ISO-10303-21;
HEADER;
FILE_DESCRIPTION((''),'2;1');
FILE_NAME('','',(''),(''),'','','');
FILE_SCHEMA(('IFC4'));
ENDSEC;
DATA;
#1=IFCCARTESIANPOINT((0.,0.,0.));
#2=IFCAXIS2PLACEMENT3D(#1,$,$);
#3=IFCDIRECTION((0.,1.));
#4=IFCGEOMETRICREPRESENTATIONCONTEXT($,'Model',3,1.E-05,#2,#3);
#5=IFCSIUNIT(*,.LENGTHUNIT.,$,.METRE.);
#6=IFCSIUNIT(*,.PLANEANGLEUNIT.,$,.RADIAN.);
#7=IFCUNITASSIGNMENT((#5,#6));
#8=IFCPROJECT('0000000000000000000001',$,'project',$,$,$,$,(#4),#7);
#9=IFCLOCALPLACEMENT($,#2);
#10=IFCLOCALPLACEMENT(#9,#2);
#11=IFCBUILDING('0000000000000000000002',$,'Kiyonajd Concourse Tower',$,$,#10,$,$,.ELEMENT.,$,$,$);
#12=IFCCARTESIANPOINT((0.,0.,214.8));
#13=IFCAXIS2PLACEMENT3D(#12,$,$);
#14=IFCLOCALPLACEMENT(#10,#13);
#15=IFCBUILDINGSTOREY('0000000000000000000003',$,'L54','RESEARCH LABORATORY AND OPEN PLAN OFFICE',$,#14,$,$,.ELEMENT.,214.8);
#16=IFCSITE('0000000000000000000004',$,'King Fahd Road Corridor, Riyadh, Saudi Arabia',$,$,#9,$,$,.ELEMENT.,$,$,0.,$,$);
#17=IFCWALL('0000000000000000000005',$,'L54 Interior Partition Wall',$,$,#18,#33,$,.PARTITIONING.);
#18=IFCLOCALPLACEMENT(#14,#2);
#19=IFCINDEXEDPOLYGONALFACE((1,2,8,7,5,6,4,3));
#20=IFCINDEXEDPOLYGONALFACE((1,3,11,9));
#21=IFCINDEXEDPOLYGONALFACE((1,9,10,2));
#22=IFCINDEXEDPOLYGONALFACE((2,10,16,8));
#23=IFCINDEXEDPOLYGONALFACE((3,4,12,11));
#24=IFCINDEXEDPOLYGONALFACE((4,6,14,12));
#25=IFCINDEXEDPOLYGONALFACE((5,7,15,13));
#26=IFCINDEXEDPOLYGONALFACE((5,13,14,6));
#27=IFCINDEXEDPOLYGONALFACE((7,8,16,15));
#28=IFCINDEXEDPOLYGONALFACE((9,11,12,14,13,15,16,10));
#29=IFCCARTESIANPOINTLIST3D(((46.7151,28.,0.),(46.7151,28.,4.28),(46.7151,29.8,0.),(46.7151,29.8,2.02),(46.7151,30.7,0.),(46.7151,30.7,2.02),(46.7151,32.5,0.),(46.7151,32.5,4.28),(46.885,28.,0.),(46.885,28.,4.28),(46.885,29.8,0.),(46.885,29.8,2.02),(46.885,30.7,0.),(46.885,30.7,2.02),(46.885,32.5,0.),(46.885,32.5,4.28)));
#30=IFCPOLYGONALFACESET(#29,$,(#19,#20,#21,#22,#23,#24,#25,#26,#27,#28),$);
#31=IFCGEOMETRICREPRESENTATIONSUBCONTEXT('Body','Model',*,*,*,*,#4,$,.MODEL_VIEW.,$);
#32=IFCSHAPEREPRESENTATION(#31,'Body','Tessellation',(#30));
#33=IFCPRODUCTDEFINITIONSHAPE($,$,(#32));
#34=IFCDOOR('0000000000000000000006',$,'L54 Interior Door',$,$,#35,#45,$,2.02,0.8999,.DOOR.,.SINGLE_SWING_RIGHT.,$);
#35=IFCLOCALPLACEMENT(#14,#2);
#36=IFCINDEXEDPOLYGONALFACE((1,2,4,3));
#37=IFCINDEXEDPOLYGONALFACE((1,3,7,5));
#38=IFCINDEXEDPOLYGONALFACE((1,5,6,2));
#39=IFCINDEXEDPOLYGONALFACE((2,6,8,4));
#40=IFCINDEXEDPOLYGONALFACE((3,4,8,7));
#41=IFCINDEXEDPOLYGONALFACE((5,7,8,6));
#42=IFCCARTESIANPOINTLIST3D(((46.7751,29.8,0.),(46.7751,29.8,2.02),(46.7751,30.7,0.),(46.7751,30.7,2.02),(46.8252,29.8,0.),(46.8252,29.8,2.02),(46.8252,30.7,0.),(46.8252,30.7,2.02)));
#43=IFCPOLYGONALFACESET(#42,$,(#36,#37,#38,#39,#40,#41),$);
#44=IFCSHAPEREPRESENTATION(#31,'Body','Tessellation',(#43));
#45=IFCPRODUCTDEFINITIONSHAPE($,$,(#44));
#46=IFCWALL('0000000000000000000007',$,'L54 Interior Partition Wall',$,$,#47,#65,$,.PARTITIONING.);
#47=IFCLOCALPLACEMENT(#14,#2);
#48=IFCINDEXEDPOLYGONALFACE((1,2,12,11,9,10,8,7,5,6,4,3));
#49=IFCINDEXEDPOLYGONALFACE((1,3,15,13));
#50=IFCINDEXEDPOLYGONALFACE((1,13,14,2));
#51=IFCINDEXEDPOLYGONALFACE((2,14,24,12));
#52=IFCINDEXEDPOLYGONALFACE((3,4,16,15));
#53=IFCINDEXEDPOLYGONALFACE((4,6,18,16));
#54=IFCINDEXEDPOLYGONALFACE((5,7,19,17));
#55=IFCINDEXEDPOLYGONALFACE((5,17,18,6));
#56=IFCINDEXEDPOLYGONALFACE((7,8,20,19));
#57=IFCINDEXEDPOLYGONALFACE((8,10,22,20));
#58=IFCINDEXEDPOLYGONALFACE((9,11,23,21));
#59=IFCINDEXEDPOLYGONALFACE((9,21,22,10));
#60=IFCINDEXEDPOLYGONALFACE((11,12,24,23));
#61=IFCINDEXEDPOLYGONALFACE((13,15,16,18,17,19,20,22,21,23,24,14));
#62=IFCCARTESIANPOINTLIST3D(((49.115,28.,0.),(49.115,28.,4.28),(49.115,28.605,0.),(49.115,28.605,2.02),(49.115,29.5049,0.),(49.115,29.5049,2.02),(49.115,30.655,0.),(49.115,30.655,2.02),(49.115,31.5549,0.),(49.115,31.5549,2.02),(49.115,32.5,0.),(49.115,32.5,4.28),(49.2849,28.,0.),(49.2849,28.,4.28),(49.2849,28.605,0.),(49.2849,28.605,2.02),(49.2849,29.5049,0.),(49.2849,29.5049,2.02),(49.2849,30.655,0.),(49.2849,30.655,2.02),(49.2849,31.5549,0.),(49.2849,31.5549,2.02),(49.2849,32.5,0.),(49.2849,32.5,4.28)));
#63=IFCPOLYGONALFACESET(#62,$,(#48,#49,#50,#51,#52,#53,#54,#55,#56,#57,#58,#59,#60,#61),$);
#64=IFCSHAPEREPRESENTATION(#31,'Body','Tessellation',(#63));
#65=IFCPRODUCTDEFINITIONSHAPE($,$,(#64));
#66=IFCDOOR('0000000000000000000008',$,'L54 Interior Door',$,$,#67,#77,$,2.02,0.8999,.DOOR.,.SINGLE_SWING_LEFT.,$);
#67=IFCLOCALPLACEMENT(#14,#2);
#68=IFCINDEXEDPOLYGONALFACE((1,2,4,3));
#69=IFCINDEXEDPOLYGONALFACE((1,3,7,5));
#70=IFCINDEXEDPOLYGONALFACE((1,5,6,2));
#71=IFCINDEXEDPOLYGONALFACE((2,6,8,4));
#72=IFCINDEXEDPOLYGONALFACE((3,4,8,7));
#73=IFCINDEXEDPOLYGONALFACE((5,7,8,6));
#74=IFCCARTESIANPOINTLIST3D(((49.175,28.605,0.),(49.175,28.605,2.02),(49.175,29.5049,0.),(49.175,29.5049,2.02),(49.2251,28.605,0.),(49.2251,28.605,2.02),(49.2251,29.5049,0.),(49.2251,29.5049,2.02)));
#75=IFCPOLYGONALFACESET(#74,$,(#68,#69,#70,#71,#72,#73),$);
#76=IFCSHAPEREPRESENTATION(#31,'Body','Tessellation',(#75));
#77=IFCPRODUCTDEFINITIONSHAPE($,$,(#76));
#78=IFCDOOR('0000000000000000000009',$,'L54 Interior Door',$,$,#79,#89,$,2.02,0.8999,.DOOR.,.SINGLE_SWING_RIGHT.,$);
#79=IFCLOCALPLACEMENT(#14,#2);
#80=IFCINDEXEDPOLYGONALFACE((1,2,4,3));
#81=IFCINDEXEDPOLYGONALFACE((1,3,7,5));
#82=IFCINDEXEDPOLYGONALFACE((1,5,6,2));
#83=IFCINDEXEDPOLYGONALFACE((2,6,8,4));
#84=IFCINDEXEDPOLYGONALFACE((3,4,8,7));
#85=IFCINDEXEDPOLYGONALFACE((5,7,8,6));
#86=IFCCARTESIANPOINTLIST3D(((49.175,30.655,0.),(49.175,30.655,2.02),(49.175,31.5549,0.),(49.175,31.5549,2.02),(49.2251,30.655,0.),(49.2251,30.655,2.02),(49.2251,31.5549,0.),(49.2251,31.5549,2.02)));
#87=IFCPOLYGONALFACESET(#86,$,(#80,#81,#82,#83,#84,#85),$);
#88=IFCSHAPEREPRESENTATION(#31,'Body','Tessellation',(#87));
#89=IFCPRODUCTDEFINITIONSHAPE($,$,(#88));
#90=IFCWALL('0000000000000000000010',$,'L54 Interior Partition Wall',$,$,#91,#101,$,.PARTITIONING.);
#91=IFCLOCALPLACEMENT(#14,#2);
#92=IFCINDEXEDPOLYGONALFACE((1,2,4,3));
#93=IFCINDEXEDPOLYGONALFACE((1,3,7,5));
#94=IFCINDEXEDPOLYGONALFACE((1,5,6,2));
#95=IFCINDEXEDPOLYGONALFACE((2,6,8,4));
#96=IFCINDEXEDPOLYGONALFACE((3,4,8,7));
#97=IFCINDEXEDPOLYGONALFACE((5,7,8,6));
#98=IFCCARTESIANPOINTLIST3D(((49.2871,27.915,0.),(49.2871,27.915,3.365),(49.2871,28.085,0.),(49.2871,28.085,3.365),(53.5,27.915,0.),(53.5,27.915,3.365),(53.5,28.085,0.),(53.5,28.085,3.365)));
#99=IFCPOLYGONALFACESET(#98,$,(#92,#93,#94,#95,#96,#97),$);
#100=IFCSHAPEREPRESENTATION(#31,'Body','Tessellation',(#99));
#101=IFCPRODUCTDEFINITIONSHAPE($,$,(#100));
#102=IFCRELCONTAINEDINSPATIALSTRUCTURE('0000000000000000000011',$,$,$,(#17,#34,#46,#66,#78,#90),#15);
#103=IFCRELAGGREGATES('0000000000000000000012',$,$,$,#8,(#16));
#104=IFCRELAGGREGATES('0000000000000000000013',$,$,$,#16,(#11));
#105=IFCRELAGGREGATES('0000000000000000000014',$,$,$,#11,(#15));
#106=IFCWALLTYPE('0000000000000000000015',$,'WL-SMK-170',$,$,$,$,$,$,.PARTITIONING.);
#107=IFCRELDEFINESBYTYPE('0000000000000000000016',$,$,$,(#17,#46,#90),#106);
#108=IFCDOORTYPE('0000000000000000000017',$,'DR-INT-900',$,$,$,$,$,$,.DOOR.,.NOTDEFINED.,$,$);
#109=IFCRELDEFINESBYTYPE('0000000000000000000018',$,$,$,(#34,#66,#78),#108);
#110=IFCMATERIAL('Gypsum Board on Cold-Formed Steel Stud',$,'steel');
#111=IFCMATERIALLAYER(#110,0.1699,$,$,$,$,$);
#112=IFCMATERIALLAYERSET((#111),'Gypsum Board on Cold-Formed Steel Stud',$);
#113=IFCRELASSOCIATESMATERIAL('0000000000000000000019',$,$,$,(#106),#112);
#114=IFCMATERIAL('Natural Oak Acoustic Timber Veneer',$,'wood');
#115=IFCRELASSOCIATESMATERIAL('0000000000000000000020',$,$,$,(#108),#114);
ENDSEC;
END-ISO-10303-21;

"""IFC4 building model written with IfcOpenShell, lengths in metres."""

from ifc_helpers import new_model, si_unit, direction, frame, frame_2d, origin, place, context, subcontext, project, spatial, rectangle, extrude, material, layer, layer_set, type_object, element, fill, save


model = new_model("IFC4")

# Units and contexts
model_context = context("Model", 3, precision=1e-05, world=origin(), true_north=direction((0.0, 1.0)))
body_context = subcontext(model_context, "Body", "Model", "MODEL_VIEW")
ifc_project = project(units=[si_unit("LENGTHUNIT", "METRE"), si_unit("PLANEANGLEUNIT", "RADIAN")], contexts=[model_context])

# Site, building, storey
site_placement = place(None, origin())
site = spatial("IfcSite", under=ifc_project, at=site_placement, Name="King Fahd Road Corridor, Riyadh, Saudi Arabia", CompositionType="ELEMENT", RefElevation=0.0)
building_placement = place(site_placement, origin())
building = spatial("IfcBuilding", under=site, at=building_placement, Name="Kiyonajd Concourse Tower", CompositionType="ELEMENT")
storey_placement = place(building_placement, frame((0.0, 0.0, 214.8)))
storey = spatial("IfcBuildingStorey", under=building, at=storey_placement, Name="L54", Description="RESEARCH LABORATORY AND OPEN PLAN OFFICE", CompositionType="ELEMENT", Elevation=214.8)

# Shared definitions
ifc_material_1 = material(Name="Gypsum Board on Cold-Formed Steel Stud", Category="steel")

# Shared definitions
ifc_layer_1 = layer(ifc_material_1, 0.1699)
ifc_layer_set_1 = layer_set([ifc_layer_1], Name="Gypsum Board on Cold-Formed Steel Stud")
wall_type_1 = type_object("IfcWallType", Name="WL-SMK-170", PredefinedType="PARTITIONING", material=ifc_layer_set_1)
ifc_material_2 = material(Name="Natural Oak Acoustic Timber Veneer", Category="wood")
door_type = type_object("IfcDoorType", Name="DR-INT-900", OperationType="NOTDEFINED", PredefinedType="DOOR", material=ifc_material_2)

# Wall, opening, door
wall_1_placement = place(storey_placement, frame((46.8, 28.0, 0.0), z_axis=(0.0, 0.0, 1.0), x_axis=(0.0, 1.0, 0.0)))
wall_1 = element("IfcWall", 1, at=wall_1_placement, inside=storey, type_object=wall_type_1, Name="L54 Interior Partition Wall", PredefinedType="PARTITIONING", context=body_context, shape_type="SweptSolid", body=[
    extrude(rectangle(XDim=4.5, YDim=0.1699, at=frame_2d((2.25, 0.0))), origin(), (0.0, 0.0, 1.0), 4.28),
])
opening_1_placement = place(wall_1_placement, frame((1.8, 0.0, 0.0)))
opening_1 = element("IfcOpeningElement", 2, at=opening_1_placement, cuts=wall_1, PredefinedType="OPENING", context=body_context, shape_type="SweptSolid", body=[
    extrude(rectangle(XDim=0.8999, YDim=2.02, at=frame_2d((0.45, 1.01))), frame((0.0, 0.095, 0.0), z_axis=(0.0, -1.0, 0.0), x_axis=(1.0, 0.0, 0.0)), (0.0, 0.0, 1.0), 0.1899),
])
door_1_placement = place(opening_1_placement, origin())
door_1 = element("IfcDoor", 3, at=door_1_placement, inside=storey, type_object=door_type, Name="L54 Interior Door", OperationType="SINGLE_SWING_RIGHT", OverallHeight=2.02, OverallWidth=0.8999, PredefinedType="DOOR", context=body_context, shape_type="SweptSolid", body=[
    extrude(rectangle(XDim=0.8999, YDim=2.02, at=frame_2d((0.45, 1.01))), frame((0.0, 0.0249, 0.0), z_axis=(0.0, -1.0, 0.0), x_axis=(1.0, 0.0, 0.0)), (0.0, 0.0, 1.0), 0.05),
])
fill(opening_1, door_1)

# Wall, openings, doors
wall_2_placement = place(storey_placement, frame((49.2, 28.0, 0.0), z_axis=(0.0, 0.0, 1.0), x_axis=(0.0, 1.0, 0.0)))
wall_2 = element("IfcWall", 4, at=wall_2_placement, inside=storey, type_object=wall_type_1, Name="L54 Interior Partition Wall", PredefinedType="PARTITIONING", context=body_context, shape_type="SweptSolid", body=[
    extrude(rectangle(XDim=4.5, YDim=0.1699, at=frame_2d((2.25, 0.0))), origin(), (0.0, 0.0, 1.0), 4.28),
])
opening_2_placement = place(wall_2_placement, frame((0.605, 0.0, 0.0)))
opening_2 = element("IfcOpeningElement", 5, at=opening_2_placement, cuts=wall_2, PredefinedType="OPENING", context=body_context, shape_type="SweptSolid", body=[
    extrude(rectangle(XDim=0.8999, YDim=2.02, at=frame_2d((0.45, 1.01))), frame((0.0, 0.095, 0.0), z_axis=(0.0, -1.0, 0.0), x_axis=(1.0, 0.0, 0.0)), (0.0, 0.0, 1.0), 0.1899),
])
opening_3_placement = place(wall_2_placement, frame((2.655, 0.0, 0.0)))
opening_3 = element("IfcOpeningElement", 6, at=opening_3_placement, cuts=wall_2, PredefinedType="OPENING", context=body_context, shape_type="SweptSolid", body=[
    extrude(rectangle(XDim=0.8999, YDim=2.02, at=frame_2d((0.45, 1.01))), frame((0.0, 0.095, 0.0), z_axis=(0.0, -1.0, 0.0), x_axis=(1.0, 0.0, 0.0)), (0.0, 0.0, 1.0), 0.1899),
])
door_2_placement = place(opening_2_placement, origin())
door_2 = element("IfcDoor", 7, at=door_2_placement, inside=storey, type_object=door_type, Name="L54 Interior Door", OperationType="SINGLE_SWING_LEFT", OverallHeight=2.02, OverallWidth=0.8999, PredefinedType="DOOR", context=body_context, shape_type="SweptSolid", body=[
    extrude(rectangle(XDim=0.8999, YDim=2.02, at=frame_2d((0.45, 1.01))), frame((0.0, 0.0249, 0.0), z_axis=(0.0, -1.0, 0.0), x_axis=(1.0, 0.0, 0.0)), (0.0, 0.0, 1.0), 0.05),
])
fill(opening_2, door_2)
door_3_placement = place(opening_3_placement, origin())
door_3 = element("IfcDoor", 8, at=door_3_placement, inside=storey, type_object=door_type, Name="L54 Interior Door", OperationType="SINGLE_SWING_RIGHT", OverallHeight=2.02, OverallWidth=0.8999, PredefinedType="DOOR", context=body_context, shape_type="SweptSolid", body=[
    extrude(rectangle(XDim=0.8999, YDim=2.02, at=frame_2d((0.45, 1.01))), frame((0.0, 0.0249, 0.0), z_axis=(0.0, -1.0, 0.0), x_axis=(1.0, 0.0, 0.0)), (0.0, 0.0, 1.0), 0.05),
])
fill(opening_3, door_3)

# Wall
wall_3_placement = place(storey_placement, frame((49.2871, 28.0, 0.0), z_axis=(0.0, 0.0, 1.0), x_axis=(1.0, 0.0, 0.0)))
element("IfcWall", 9, at=wall_3_placement, inside=storey, type_object=wall_type_1, Name="L54 Interior Partition Wall", PredefinedType="PARTITIONING", context=body_context, shape_type="SweptSolid", body=[
    extrude(rectangle(XDim=4.2129, YDim=0.1699, at=frame_2d((2.1064, 0.0))), origin(), (0.0, 0.0, 1.0), 3.365),
])

save(model, "model.ifc")
